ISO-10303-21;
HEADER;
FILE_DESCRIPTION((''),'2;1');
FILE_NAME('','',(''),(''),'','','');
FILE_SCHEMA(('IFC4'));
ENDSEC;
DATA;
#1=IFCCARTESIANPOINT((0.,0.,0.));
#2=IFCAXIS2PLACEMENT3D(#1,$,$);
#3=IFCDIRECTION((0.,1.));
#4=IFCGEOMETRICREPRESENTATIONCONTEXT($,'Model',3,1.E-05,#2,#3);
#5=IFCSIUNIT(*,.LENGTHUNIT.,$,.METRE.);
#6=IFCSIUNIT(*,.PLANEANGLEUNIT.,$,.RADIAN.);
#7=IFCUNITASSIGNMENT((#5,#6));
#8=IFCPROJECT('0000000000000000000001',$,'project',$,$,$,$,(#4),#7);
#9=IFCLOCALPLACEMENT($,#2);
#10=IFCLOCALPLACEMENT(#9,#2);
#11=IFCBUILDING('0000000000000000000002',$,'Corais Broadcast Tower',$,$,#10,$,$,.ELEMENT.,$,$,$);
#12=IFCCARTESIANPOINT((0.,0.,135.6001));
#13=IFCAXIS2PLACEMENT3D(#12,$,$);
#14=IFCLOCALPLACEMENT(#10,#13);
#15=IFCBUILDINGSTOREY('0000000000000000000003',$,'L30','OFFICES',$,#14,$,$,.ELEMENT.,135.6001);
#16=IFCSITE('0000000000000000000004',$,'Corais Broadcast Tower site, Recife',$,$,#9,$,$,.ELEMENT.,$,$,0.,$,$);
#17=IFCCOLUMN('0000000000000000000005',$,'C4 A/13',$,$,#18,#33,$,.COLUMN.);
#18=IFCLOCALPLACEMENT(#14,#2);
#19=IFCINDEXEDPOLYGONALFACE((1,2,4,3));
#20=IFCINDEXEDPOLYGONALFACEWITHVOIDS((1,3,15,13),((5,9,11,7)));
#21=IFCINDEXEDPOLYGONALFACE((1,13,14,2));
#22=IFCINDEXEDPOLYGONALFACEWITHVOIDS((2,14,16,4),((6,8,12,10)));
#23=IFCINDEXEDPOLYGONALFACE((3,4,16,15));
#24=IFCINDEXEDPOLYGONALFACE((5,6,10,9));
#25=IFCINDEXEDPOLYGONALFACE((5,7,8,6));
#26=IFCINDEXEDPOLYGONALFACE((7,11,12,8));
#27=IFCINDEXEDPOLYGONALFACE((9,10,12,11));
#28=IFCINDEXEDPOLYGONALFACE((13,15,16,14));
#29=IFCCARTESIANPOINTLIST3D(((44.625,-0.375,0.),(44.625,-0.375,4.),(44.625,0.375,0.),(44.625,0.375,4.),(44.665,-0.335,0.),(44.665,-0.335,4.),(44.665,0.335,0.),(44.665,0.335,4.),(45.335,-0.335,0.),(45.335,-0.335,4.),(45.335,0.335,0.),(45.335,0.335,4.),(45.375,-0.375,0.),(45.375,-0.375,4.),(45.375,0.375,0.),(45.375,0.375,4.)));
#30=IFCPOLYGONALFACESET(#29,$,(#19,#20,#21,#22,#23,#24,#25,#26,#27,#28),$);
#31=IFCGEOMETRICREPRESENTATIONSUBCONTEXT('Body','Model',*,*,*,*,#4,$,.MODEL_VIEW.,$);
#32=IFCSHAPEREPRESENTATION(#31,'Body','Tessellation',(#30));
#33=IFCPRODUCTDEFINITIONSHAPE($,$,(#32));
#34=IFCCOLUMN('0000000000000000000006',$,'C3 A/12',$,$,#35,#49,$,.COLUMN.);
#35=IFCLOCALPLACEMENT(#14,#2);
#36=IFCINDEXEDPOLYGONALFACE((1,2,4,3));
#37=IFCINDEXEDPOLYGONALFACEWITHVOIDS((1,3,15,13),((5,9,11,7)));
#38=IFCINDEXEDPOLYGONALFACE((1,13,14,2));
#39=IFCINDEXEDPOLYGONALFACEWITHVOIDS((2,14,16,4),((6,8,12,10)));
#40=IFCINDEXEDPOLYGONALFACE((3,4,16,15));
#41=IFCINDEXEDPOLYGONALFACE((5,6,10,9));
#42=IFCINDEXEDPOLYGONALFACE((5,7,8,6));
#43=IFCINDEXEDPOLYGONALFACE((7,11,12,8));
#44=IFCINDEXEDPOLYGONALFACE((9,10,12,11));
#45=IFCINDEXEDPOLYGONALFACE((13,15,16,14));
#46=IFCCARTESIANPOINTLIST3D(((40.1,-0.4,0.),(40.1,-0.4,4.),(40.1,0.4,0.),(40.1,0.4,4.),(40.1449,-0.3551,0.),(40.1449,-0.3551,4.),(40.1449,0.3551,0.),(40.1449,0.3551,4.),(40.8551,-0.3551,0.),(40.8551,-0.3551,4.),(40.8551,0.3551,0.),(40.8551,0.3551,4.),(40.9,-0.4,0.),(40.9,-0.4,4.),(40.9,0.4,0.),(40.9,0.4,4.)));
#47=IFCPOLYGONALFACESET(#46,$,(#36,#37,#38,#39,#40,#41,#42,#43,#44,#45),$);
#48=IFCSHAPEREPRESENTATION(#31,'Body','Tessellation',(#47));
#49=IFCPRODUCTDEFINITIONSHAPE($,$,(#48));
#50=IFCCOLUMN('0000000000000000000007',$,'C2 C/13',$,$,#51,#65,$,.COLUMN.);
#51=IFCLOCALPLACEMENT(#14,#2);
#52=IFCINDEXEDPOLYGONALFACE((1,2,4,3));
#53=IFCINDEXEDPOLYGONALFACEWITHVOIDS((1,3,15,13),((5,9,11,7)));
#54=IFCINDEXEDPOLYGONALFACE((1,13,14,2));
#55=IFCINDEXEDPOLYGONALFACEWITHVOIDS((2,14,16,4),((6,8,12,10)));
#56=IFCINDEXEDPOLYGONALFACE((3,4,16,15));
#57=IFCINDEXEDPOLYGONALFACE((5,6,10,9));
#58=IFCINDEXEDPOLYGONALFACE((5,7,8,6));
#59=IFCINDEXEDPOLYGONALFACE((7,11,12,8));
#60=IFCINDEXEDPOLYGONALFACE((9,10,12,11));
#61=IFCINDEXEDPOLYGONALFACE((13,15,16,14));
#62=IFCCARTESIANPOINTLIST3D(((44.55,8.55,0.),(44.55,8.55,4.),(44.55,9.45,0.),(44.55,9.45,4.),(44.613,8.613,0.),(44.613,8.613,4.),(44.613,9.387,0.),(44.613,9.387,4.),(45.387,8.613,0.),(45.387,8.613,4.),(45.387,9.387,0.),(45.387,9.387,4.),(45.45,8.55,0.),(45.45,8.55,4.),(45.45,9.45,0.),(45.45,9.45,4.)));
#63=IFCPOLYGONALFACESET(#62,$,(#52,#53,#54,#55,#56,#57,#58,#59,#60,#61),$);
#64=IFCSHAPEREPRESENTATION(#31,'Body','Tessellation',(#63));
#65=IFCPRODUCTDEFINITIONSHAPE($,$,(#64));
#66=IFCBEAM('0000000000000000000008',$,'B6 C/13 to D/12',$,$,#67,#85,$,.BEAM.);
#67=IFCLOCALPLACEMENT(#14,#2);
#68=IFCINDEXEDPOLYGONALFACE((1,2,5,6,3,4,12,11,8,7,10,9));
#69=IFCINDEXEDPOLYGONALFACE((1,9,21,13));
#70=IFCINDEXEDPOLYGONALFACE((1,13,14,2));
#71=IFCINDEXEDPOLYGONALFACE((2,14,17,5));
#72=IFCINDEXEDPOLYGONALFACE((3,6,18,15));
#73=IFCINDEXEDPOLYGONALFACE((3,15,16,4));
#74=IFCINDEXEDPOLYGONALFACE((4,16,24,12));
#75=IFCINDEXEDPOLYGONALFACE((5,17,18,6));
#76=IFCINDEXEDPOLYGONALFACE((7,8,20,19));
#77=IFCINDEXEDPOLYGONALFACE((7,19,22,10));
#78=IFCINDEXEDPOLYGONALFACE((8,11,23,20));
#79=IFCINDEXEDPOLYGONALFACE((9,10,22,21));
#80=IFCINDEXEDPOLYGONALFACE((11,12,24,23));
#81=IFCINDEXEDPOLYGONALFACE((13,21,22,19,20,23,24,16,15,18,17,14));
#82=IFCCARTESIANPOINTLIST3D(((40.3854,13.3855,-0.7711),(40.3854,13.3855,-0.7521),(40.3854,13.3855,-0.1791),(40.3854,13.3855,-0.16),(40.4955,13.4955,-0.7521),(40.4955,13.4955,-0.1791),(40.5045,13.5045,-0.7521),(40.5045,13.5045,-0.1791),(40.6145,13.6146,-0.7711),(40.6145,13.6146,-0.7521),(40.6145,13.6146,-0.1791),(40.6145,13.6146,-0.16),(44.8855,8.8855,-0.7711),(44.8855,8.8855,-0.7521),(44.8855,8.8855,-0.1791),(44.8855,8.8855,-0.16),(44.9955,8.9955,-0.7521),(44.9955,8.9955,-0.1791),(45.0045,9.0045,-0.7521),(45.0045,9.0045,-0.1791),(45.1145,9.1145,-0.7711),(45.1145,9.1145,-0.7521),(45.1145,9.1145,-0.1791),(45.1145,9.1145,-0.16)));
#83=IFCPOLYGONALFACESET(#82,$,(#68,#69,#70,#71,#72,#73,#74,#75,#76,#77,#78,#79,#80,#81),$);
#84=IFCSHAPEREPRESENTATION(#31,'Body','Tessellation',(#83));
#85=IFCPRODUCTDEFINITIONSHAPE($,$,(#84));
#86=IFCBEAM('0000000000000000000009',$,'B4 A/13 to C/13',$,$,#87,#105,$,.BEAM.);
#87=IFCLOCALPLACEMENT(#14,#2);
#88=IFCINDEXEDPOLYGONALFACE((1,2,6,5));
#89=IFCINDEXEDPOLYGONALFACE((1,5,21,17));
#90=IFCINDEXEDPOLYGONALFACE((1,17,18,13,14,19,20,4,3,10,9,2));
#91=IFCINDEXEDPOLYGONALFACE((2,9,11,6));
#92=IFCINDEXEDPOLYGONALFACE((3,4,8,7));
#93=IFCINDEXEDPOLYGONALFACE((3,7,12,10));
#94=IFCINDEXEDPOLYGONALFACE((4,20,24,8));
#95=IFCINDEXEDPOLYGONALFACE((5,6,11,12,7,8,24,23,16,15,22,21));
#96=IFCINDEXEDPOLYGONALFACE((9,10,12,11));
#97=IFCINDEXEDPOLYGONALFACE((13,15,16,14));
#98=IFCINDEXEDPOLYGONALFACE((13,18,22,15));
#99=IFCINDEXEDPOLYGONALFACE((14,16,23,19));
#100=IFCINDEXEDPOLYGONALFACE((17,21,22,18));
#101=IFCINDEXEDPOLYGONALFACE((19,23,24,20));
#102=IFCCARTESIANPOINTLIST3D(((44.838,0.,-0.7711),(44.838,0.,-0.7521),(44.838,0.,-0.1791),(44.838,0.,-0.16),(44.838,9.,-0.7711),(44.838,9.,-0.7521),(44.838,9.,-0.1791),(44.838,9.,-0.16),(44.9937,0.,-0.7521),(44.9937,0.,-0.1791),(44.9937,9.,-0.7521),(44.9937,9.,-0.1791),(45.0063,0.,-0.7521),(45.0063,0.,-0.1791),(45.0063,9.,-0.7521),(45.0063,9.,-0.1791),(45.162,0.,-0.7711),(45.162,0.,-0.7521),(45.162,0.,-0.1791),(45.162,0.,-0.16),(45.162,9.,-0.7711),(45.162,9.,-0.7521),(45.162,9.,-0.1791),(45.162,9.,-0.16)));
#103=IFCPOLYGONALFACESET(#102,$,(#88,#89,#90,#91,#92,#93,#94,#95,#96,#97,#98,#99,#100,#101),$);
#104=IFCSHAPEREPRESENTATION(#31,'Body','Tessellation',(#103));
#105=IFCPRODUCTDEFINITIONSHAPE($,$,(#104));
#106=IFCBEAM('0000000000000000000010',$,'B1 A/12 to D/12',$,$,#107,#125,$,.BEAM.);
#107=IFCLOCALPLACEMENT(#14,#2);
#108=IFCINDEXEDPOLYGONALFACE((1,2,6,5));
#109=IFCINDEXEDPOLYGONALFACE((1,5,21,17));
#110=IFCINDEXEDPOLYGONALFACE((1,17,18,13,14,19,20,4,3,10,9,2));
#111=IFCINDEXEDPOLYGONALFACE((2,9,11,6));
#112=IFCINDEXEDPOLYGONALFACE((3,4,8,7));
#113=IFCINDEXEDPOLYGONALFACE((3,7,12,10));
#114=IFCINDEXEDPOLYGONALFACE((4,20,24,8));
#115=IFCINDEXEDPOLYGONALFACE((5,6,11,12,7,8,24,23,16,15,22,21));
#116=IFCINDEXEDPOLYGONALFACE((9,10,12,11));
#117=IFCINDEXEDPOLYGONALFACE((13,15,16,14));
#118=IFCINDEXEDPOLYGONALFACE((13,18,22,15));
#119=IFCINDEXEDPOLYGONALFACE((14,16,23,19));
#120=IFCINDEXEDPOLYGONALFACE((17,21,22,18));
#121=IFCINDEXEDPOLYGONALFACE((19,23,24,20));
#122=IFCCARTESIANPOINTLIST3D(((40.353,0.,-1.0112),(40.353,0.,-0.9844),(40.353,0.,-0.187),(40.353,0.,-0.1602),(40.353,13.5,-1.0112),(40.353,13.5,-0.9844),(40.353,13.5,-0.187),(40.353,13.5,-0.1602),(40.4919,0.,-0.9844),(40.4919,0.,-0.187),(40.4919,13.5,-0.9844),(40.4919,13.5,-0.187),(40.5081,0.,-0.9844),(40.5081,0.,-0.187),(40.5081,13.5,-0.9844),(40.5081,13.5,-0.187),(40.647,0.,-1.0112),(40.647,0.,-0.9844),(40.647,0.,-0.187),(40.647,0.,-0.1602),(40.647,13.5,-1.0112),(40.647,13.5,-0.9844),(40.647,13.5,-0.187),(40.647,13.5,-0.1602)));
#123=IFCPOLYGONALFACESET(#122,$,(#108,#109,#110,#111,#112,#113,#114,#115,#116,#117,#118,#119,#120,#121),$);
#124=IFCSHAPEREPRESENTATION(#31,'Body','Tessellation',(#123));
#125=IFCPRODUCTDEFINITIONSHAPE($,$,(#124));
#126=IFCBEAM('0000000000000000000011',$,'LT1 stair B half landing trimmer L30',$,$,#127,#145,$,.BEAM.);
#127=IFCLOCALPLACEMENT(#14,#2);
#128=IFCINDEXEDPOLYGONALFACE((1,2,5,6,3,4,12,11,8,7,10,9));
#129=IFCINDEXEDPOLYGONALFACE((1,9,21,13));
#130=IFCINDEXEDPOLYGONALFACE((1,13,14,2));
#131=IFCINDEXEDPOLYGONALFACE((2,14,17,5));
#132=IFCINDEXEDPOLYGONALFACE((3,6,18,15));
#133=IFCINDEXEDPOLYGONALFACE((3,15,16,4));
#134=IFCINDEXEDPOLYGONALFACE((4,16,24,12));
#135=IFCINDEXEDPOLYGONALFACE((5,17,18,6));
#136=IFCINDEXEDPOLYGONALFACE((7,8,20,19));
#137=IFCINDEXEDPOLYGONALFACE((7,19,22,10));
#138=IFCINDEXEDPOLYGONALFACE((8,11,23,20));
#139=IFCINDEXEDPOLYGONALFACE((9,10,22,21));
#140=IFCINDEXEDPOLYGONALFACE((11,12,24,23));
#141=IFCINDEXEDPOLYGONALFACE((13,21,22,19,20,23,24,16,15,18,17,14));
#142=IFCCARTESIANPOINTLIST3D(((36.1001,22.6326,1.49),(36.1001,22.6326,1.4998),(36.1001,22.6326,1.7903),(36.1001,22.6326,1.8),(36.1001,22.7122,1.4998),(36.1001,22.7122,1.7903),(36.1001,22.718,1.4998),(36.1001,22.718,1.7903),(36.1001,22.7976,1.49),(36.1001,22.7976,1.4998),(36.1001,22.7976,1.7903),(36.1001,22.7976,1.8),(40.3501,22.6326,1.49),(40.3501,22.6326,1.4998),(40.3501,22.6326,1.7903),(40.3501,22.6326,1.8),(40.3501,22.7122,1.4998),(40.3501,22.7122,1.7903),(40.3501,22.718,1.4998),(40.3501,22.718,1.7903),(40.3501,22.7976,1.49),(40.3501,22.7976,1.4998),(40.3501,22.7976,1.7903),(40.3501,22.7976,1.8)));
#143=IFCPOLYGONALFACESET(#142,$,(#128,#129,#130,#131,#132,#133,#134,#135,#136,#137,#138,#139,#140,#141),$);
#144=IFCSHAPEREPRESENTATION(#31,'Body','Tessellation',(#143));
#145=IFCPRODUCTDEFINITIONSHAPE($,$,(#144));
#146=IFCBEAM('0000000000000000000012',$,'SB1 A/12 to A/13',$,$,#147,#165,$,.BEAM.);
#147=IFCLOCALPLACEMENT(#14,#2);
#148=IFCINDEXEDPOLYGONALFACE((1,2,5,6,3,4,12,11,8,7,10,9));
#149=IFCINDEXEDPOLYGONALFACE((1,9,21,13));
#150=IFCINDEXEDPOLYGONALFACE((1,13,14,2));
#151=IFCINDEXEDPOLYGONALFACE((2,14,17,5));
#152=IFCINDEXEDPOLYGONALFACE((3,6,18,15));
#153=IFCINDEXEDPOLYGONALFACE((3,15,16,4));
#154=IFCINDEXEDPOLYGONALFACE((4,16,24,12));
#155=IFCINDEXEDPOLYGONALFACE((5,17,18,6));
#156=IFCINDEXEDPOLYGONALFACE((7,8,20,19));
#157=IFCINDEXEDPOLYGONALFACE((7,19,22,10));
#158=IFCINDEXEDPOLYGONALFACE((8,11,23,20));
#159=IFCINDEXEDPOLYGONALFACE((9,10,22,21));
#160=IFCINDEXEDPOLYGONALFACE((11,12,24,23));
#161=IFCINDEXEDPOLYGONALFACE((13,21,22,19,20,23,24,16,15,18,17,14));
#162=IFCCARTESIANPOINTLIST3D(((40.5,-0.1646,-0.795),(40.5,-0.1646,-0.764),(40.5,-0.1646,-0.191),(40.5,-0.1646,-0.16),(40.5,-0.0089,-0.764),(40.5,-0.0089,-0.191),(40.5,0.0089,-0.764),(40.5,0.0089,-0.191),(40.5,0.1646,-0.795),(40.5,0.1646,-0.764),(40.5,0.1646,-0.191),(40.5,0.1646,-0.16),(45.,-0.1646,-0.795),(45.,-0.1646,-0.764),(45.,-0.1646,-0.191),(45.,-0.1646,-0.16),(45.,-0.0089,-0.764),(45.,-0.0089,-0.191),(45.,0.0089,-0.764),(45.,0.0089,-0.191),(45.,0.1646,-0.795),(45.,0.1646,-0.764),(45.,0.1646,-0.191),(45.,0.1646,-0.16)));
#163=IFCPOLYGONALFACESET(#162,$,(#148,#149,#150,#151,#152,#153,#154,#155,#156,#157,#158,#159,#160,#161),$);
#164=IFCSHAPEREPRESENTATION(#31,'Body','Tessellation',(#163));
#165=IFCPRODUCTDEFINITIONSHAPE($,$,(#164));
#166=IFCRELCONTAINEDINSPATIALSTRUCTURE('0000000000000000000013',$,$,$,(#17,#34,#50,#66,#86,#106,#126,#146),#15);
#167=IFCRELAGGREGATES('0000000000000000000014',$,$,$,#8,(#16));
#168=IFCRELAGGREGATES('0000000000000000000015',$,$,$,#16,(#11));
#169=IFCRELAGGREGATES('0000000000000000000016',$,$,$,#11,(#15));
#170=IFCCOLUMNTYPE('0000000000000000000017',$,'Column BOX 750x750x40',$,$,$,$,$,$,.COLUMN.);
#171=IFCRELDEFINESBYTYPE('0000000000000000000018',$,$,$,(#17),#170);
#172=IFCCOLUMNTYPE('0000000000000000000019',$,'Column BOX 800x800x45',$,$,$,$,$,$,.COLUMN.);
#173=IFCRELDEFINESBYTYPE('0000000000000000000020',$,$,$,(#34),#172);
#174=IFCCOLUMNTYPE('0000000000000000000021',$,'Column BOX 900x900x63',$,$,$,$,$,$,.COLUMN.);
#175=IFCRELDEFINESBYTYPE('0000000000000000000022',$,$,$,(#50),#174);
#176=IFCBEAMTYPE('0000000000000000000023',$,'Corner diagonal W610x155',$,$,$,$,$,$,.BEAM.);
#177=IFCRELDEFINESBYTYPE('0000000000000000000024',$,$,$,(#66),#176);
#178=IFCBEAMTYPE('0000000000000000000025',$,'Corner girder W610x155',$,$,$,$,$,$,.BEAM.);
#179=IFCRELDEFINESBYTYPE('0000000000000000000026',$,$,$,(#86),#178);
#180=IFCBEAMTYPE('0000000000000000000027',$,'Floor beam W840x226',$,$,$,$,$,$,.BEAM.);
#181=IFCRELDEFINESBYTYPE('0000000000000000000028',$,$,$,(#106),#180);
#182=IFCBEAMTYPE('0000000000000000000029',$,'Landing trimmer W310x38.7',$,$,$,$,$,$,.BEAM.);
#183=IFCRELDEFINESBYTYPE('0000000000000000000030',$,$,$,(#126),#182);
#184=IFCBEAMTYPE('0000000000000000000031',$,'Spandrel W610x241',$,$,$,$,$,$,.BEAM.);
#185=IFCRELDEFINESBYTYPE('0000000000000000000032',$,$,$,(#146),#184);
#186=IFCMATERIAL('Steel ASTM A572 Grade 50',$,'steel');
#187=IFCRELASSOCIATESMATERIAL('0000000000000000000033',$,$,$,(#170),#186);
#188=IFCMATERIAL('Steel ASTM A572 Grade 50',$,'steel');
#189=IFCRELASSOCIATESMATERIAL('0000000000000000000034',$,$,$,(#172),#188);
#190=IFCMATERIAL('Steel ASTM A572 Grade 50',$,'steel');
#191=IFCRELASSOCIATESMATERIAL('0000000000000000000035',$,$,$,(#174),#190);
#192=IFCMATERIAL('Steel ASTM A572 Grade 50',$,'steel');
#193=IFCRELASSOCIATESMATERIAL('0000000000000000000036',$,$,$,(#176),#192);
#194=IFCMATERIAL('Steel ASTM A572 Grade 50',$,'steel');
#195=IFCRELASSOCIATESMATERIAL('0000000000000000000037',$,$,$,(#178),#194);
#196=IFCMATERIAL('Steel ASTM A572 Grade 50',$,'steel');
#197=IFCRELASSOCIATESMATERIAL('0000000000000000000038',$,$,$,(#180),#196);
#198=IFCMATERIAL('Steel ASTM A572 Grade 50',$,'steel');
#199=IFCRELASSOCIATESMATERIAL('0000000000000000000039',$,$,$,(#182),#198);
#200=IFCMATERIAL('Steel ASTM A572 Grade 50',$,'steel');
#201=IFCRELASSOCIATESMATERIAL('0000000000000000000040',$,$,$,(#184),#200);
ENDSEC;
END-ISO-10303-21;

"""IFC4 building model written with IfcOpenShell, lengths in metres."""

from ifc_helpers import new_model, si_unit, direction, frame, origin, origin_2d, place, context, subcontext, project, spatial, hollow_rectangle, i_section, extrude, material, material_profile, profile_set, type_object, element, save


model = new_model("IFC4")

# Units and contexts
model_context = context("Model", 3, precision=1e-05, world=origin(), true_north=direction((0.0, 1.0)))
body_context = subcontext(model_context, "Body", "Model", "MODEL_VIEW")
ifc_project = project(units=[si_unit("LENGTHUNIT", "METRE"), si_unit("PLANEANGLEUNIT", "RADIAN")], contexts=[model_context])

# Site, building, storey
site_placement = place(None, origin())
site = spatial("IfcSite", under=ifc_project, at=site_placement, Name="Corais Broadcast Tower site, Recife", CompositionType="ELEMENT", RefElevation=0.0)
building_placement = place(site_placement, origin())
building = spatial("IfcBuilding", under=site, at=building_placement, Name="Corais Broadcast Tower", CompositionType="ELEMENT")
storey_placement = place(building_placement, frame((0.0, 0.0, 135.6001)))
storey = spatial("IfcBuildingStorey", under=building, at=storey_placement, Name="L30", Description="OFFICES", CompositionType="ELEMENT", Elevation=135.6001)

# Columns
ifc_material_1 = material(Name="Steel ASTM A572 Grade 50", Category="steel")
ifc_material_profile_1 = material_profile(ifc_material_1, hollow_rectangle(XDim=0.75, YDim=0.75, WallThickness=0.04, at=origin_2d()), Name="BOX 750x750x40")
ifc_profile_set_1 = profile_set([ifc_material_profile_1], Name="Steel ASTM A572 Grade 50")
column_type_1 = type_object("IfcColumnType", Name="Column BOX 750x750x40", PredefinedType="COLUMN", material=ifc_profile_set_1)
column_1_placement = place(storey_placement, frame((45.0, 0.0, 0.0), z_axis=(0.0, 0.0, 1.0), x_axis=(1.0, 0.0, 0.0)))
element("IfcColumn", 1, at=column_1_placement, inside=storey, type_object=column_type_1, Name="C4 A/13", PredefinedType="COLUMN", context=body_context, shape_type="SweptSolid", body=[
    extrude(hollow_rectangle(XDim=0.75, YDim=0.75, WallThickness=0.04, at=origin_2d()), origin(), (0.0, 0.0, 1.0), 4.0),
])
ifc_material_2 = material(Name="Steel ASTM A572 Grade 50", Category="steel")
ifc_material_profile_2 = material_profile(ifc_material_2, hollow_rectangle(XDim=0.8, YDim=0.8, WallThickness=0.0449, at=origin_2d()), Name="BOX 800x800x45")
ifc_profile_set_2 = profile_set([ifc_material_profile_2], Name="Steel ASTM A572 Grade 50")
column_type_2 = type_object("IfcColumnType", Name="Column BOX 800x800x45", PredefinedType="COLUMN", material=ifc_profile_set_2)
column_2_placement = place(storey_placement, frame((40.5, 0.0, 0.0), z_axis=(0.0, 0.0, 1.0), x_axis=(1.0, 0.0, 0.0)))
element("IfcColumn", 2, at=column_2_placement, inside=storey, type_object=column_type_2, Name="C3 A/12", PredefinedType="COLUMN", context=body_context, shape_type="SweptSolid", body=[
    extrude(hollow_rectangle(XDim=0.8, YDim=0.8, WallThickness=0.0449, at=origin_2d()), origin(), (0.0, 0.0, 1.0), 4.0),
])
ifc_material_3 = material(Name="Steel ASTM A572 Grade 50", Category="steel")
ifc_material_profile_3 = material_profile(ifc_material_3, hollow_rectangle(XDim=0.8999, YDim=0.8999, WallThickness=0.063, at=origin_2d()), Name="BOX 900x900x63")
ifc_profile_set_3 = profile_set([ifc_material_profile_3], Name="Steel ASTM A572 Grade 50")
column_type_3 = type_object("IfcColumnType", Name="Column BOX 900x900x63", PredefinedType="COLUMN", material=ifc_profile_set_3)
column_3_placement = place(storey_placement, frame((45.0, 9.0, 0.0), z_axis=(0.0, 0.0, 1.0), x_axis=(1.0, 0.0, 0.0)))
element("IfcColumn", 3, at=column_3_placement, inside=storey, type_object=column_type_3, Name="C2 C/13", PredefinedType="COLUMN", context=body_context, shape_type="SweptSolid", body=[
    extrude(hollow_rectangle(XDim=0.8999, YDim=0.8999, WallThickness=0.063, at=origin_2d()), origin(), (0.0, 0.0, 1.0), 4.0),
])

# Beams
ifc_material_4 = material(Name="Steel ASTM A572 Grade 50", Category="steel")
ifc_material_profile_4 = material_profile(ifc_material_4, i_section(OverallWidth=0.324, OverallDepth=0.6111, WebThickness=0.0127, FlangeThickness=0.019, at=origin_2d()), Name="W610x155")
ifc_profile_set_4 = profile_set([ifc_material_profile_4], Name="Steel ASTM A572 Grade 50")
beam_type_1 = type_object("IfcBeamType", Name="Corner diagonal W610x155", PredefinedType="BEAM", material=ifc_profile_set_4)
beam_1_placement = place(storey_placement, frame((45.0, 9.0, -0.4656), z_axis=(-0.707107, 0.707107, 0.0), x_axis=(-0.707107, -0.707107, 0.0)))
element("IfcBeam", 4, at=beam_1_placement, inside=storey, type_object=beam_type_1, Name="B6 C/13 to D/12", PredefinedType="BEAM", context=body_context, shape_type="SweptSolid", body=[
    extrude(i_section(OverallWidth=0.324, OverallDepth=0.6111, WebThickness=0.0127, FlangeThickness=0.019, at=origin_2d()), origin(), (0.0, 0.0, 1.0), 6.364),
])
ifc_material_5 = material(Name="Steel ASTM A572 Grade 50", Category="steel")
ifc_material_profile_5 = material_profile(ifc_material_5, i_section(OverallWidth=0.324, OverallDepth=0.6111, WebThickness=0.0127, FlangeThickness=0.019, at=origin_2d()), Name="W610x155")
ifc_profile_set_5 = profile_set([ifc_material_profile_5], Name="Steel ASTM A572 Grade 50")
beam_type_2 = type_object("IfcBeamType", Name="Corner girder W610x155", PredefinedType="BEAM", material=ifc_profile_set_5)
beam_2_placement = place(storey_placement, frame((45.0, 0.0, -0.4656), z_axis=(0.0, 1.0, 0.0), x_axis=(-1.0, 0.0, 0.0)))
element("IfcBeam", 5, at=beam_2_placement, inside=storey, type_object=beam_type_2, Name="B4 A/13 to C/13", PredefinedType="BEAM", context=body_context, shape_type="SweptSolid", body=[
    extrude(i_section(OverallWidth=0.324, OverallDepth=0.6111, WebThickness=0.0127, FlangeThickness=0.019, at=origin_2d()), origin(), (0.0, 0.0, 1.0), 9.0),
])
ifc_material_6 = material(Name="Steel ASTM A572 Grade 50", Category="steel")
ifc_material_profile_6 = material_profile(ifc_material_6, i_section(OverallWidth=0.2939, OverallDepth=0.8511, WebThickness=0.0161, FlangeThickness=0.0269, at=origin_2d()), Name="W840x226")
ifc_profile_set_6 = profile_set([ifc_material_profile_6], Name="Steel ASTM A572 Grade 50")
beam_type_3 = type_object("IfcBeamType", Name="Floor beam W840x226", PredefinedType="BEAM", material=ifc_profile_set_6)
beam_3_placement = place(storey_placement, frame((40.5, 0.0, -0.5857), z_axis=(0.0, 1.0, 0.0), x_axis=(-1.0, 0.0, 0.0)))
element("IfcBeam", 6, at=beam_3_placement, inside=storey, type_object=beam_type_3, Name="B1 A/12 to D/12", PredefinedType="BEAM", context=body_context, shape_type="SweptSolid", body=[
    extrude(i_section(OverallWidth=0.2939, OverallDepth=0.8511, WebThickness=0.0161, FlangeThickness=0.0269, at=origin_2d()), origin(), (0.0, 0.0, 1.0), 13.5),
])
ifc_material_7 = material(Name="Steel ASTM A572 Grade 50", Category="steel")
ifc_material_profile_7 = material_profile(ifc_material_7, i_section(OverallWidth=0.165, OverallDepth=0.3101, WebThickness=0.0059, FlangeThickness=0.0098, at=origin_2d()), Name="W310x38.7")
ifc_profile_set_7 = profile_set([ifc_material_profile_7], Name="Steel ASTM A572 Grade 50")
beam_type_4 = type_object("IfcBeamType", Name="Landing trimmer W310x38.7", PredefinedType="BEAM", material=ifc_profile_set_7)
beam_4_placement = place(storey_placement, frame((36.1001, 22.7151, 1.645), z_axis=(1.0, 0.0, 0.0), x_axis=(0.0, 1.0, 0.0)))
element("IfcBeam", 7, at=beam_4_placement, inside=storey, type_object=beam_type_4, Name="LT1 stair B half landing trimmer L30", PredefinedType="BEAM", context=body_context, shape_type="SweptSolid", body=[
    extrude(i_section(OverallWidth=0.165, OverallDepth=0.3101, WebThickness=0.0059, FlangeThickness=0.0098, at=origin_2d()), origin(), (0.0, 0.0, 1.0), 4.25),
])
ifc_material_8 = material(Name="Steel ASTM A572 Grade 50", Category="steel")
ifc_material_profile_8 = material_profile(ifc_material_8, i_section(OverallWidth=0.3291, OverallDepth=0.635, WebThickness=0.0178, FlangeThickness=0.031, at=origin_2d()), Name="W610x241")
ifc_profile_set_8 = profile_set([ifc_material_profile_8], Name="Steel ASTM A572 Grade 50")
beam_type_5 = type_object("IfcBeamType", Name="Spandrel W610x241", PredefinedType="BEAM", material=ifc_profile_set_8)
beam_5_placement = place(storey_placement, frame((40.5, 0.0, -0.4775), z_axis=(1.0, 0.0, 0.0), x_axis=(0.0, 1.0, 0.0)))
element("IfcBeam", 8, at=beam_5_placement, inside=storey, type_object=beam_type_5, Name="SB1 A/12 to A/13", PredefinedType="BEAM", context=body_context, shape_type="SweptSolid", body=[
    extrude(i_section(OverallWidth=0.3291, OverallDepth=0.635, WebThickness=0.0178, FlangeThickness=0.031, at=origin_2d()), origin(), (0.0, 0.0, 1.0), 4.5),
])

save(model, "model.ifc")
